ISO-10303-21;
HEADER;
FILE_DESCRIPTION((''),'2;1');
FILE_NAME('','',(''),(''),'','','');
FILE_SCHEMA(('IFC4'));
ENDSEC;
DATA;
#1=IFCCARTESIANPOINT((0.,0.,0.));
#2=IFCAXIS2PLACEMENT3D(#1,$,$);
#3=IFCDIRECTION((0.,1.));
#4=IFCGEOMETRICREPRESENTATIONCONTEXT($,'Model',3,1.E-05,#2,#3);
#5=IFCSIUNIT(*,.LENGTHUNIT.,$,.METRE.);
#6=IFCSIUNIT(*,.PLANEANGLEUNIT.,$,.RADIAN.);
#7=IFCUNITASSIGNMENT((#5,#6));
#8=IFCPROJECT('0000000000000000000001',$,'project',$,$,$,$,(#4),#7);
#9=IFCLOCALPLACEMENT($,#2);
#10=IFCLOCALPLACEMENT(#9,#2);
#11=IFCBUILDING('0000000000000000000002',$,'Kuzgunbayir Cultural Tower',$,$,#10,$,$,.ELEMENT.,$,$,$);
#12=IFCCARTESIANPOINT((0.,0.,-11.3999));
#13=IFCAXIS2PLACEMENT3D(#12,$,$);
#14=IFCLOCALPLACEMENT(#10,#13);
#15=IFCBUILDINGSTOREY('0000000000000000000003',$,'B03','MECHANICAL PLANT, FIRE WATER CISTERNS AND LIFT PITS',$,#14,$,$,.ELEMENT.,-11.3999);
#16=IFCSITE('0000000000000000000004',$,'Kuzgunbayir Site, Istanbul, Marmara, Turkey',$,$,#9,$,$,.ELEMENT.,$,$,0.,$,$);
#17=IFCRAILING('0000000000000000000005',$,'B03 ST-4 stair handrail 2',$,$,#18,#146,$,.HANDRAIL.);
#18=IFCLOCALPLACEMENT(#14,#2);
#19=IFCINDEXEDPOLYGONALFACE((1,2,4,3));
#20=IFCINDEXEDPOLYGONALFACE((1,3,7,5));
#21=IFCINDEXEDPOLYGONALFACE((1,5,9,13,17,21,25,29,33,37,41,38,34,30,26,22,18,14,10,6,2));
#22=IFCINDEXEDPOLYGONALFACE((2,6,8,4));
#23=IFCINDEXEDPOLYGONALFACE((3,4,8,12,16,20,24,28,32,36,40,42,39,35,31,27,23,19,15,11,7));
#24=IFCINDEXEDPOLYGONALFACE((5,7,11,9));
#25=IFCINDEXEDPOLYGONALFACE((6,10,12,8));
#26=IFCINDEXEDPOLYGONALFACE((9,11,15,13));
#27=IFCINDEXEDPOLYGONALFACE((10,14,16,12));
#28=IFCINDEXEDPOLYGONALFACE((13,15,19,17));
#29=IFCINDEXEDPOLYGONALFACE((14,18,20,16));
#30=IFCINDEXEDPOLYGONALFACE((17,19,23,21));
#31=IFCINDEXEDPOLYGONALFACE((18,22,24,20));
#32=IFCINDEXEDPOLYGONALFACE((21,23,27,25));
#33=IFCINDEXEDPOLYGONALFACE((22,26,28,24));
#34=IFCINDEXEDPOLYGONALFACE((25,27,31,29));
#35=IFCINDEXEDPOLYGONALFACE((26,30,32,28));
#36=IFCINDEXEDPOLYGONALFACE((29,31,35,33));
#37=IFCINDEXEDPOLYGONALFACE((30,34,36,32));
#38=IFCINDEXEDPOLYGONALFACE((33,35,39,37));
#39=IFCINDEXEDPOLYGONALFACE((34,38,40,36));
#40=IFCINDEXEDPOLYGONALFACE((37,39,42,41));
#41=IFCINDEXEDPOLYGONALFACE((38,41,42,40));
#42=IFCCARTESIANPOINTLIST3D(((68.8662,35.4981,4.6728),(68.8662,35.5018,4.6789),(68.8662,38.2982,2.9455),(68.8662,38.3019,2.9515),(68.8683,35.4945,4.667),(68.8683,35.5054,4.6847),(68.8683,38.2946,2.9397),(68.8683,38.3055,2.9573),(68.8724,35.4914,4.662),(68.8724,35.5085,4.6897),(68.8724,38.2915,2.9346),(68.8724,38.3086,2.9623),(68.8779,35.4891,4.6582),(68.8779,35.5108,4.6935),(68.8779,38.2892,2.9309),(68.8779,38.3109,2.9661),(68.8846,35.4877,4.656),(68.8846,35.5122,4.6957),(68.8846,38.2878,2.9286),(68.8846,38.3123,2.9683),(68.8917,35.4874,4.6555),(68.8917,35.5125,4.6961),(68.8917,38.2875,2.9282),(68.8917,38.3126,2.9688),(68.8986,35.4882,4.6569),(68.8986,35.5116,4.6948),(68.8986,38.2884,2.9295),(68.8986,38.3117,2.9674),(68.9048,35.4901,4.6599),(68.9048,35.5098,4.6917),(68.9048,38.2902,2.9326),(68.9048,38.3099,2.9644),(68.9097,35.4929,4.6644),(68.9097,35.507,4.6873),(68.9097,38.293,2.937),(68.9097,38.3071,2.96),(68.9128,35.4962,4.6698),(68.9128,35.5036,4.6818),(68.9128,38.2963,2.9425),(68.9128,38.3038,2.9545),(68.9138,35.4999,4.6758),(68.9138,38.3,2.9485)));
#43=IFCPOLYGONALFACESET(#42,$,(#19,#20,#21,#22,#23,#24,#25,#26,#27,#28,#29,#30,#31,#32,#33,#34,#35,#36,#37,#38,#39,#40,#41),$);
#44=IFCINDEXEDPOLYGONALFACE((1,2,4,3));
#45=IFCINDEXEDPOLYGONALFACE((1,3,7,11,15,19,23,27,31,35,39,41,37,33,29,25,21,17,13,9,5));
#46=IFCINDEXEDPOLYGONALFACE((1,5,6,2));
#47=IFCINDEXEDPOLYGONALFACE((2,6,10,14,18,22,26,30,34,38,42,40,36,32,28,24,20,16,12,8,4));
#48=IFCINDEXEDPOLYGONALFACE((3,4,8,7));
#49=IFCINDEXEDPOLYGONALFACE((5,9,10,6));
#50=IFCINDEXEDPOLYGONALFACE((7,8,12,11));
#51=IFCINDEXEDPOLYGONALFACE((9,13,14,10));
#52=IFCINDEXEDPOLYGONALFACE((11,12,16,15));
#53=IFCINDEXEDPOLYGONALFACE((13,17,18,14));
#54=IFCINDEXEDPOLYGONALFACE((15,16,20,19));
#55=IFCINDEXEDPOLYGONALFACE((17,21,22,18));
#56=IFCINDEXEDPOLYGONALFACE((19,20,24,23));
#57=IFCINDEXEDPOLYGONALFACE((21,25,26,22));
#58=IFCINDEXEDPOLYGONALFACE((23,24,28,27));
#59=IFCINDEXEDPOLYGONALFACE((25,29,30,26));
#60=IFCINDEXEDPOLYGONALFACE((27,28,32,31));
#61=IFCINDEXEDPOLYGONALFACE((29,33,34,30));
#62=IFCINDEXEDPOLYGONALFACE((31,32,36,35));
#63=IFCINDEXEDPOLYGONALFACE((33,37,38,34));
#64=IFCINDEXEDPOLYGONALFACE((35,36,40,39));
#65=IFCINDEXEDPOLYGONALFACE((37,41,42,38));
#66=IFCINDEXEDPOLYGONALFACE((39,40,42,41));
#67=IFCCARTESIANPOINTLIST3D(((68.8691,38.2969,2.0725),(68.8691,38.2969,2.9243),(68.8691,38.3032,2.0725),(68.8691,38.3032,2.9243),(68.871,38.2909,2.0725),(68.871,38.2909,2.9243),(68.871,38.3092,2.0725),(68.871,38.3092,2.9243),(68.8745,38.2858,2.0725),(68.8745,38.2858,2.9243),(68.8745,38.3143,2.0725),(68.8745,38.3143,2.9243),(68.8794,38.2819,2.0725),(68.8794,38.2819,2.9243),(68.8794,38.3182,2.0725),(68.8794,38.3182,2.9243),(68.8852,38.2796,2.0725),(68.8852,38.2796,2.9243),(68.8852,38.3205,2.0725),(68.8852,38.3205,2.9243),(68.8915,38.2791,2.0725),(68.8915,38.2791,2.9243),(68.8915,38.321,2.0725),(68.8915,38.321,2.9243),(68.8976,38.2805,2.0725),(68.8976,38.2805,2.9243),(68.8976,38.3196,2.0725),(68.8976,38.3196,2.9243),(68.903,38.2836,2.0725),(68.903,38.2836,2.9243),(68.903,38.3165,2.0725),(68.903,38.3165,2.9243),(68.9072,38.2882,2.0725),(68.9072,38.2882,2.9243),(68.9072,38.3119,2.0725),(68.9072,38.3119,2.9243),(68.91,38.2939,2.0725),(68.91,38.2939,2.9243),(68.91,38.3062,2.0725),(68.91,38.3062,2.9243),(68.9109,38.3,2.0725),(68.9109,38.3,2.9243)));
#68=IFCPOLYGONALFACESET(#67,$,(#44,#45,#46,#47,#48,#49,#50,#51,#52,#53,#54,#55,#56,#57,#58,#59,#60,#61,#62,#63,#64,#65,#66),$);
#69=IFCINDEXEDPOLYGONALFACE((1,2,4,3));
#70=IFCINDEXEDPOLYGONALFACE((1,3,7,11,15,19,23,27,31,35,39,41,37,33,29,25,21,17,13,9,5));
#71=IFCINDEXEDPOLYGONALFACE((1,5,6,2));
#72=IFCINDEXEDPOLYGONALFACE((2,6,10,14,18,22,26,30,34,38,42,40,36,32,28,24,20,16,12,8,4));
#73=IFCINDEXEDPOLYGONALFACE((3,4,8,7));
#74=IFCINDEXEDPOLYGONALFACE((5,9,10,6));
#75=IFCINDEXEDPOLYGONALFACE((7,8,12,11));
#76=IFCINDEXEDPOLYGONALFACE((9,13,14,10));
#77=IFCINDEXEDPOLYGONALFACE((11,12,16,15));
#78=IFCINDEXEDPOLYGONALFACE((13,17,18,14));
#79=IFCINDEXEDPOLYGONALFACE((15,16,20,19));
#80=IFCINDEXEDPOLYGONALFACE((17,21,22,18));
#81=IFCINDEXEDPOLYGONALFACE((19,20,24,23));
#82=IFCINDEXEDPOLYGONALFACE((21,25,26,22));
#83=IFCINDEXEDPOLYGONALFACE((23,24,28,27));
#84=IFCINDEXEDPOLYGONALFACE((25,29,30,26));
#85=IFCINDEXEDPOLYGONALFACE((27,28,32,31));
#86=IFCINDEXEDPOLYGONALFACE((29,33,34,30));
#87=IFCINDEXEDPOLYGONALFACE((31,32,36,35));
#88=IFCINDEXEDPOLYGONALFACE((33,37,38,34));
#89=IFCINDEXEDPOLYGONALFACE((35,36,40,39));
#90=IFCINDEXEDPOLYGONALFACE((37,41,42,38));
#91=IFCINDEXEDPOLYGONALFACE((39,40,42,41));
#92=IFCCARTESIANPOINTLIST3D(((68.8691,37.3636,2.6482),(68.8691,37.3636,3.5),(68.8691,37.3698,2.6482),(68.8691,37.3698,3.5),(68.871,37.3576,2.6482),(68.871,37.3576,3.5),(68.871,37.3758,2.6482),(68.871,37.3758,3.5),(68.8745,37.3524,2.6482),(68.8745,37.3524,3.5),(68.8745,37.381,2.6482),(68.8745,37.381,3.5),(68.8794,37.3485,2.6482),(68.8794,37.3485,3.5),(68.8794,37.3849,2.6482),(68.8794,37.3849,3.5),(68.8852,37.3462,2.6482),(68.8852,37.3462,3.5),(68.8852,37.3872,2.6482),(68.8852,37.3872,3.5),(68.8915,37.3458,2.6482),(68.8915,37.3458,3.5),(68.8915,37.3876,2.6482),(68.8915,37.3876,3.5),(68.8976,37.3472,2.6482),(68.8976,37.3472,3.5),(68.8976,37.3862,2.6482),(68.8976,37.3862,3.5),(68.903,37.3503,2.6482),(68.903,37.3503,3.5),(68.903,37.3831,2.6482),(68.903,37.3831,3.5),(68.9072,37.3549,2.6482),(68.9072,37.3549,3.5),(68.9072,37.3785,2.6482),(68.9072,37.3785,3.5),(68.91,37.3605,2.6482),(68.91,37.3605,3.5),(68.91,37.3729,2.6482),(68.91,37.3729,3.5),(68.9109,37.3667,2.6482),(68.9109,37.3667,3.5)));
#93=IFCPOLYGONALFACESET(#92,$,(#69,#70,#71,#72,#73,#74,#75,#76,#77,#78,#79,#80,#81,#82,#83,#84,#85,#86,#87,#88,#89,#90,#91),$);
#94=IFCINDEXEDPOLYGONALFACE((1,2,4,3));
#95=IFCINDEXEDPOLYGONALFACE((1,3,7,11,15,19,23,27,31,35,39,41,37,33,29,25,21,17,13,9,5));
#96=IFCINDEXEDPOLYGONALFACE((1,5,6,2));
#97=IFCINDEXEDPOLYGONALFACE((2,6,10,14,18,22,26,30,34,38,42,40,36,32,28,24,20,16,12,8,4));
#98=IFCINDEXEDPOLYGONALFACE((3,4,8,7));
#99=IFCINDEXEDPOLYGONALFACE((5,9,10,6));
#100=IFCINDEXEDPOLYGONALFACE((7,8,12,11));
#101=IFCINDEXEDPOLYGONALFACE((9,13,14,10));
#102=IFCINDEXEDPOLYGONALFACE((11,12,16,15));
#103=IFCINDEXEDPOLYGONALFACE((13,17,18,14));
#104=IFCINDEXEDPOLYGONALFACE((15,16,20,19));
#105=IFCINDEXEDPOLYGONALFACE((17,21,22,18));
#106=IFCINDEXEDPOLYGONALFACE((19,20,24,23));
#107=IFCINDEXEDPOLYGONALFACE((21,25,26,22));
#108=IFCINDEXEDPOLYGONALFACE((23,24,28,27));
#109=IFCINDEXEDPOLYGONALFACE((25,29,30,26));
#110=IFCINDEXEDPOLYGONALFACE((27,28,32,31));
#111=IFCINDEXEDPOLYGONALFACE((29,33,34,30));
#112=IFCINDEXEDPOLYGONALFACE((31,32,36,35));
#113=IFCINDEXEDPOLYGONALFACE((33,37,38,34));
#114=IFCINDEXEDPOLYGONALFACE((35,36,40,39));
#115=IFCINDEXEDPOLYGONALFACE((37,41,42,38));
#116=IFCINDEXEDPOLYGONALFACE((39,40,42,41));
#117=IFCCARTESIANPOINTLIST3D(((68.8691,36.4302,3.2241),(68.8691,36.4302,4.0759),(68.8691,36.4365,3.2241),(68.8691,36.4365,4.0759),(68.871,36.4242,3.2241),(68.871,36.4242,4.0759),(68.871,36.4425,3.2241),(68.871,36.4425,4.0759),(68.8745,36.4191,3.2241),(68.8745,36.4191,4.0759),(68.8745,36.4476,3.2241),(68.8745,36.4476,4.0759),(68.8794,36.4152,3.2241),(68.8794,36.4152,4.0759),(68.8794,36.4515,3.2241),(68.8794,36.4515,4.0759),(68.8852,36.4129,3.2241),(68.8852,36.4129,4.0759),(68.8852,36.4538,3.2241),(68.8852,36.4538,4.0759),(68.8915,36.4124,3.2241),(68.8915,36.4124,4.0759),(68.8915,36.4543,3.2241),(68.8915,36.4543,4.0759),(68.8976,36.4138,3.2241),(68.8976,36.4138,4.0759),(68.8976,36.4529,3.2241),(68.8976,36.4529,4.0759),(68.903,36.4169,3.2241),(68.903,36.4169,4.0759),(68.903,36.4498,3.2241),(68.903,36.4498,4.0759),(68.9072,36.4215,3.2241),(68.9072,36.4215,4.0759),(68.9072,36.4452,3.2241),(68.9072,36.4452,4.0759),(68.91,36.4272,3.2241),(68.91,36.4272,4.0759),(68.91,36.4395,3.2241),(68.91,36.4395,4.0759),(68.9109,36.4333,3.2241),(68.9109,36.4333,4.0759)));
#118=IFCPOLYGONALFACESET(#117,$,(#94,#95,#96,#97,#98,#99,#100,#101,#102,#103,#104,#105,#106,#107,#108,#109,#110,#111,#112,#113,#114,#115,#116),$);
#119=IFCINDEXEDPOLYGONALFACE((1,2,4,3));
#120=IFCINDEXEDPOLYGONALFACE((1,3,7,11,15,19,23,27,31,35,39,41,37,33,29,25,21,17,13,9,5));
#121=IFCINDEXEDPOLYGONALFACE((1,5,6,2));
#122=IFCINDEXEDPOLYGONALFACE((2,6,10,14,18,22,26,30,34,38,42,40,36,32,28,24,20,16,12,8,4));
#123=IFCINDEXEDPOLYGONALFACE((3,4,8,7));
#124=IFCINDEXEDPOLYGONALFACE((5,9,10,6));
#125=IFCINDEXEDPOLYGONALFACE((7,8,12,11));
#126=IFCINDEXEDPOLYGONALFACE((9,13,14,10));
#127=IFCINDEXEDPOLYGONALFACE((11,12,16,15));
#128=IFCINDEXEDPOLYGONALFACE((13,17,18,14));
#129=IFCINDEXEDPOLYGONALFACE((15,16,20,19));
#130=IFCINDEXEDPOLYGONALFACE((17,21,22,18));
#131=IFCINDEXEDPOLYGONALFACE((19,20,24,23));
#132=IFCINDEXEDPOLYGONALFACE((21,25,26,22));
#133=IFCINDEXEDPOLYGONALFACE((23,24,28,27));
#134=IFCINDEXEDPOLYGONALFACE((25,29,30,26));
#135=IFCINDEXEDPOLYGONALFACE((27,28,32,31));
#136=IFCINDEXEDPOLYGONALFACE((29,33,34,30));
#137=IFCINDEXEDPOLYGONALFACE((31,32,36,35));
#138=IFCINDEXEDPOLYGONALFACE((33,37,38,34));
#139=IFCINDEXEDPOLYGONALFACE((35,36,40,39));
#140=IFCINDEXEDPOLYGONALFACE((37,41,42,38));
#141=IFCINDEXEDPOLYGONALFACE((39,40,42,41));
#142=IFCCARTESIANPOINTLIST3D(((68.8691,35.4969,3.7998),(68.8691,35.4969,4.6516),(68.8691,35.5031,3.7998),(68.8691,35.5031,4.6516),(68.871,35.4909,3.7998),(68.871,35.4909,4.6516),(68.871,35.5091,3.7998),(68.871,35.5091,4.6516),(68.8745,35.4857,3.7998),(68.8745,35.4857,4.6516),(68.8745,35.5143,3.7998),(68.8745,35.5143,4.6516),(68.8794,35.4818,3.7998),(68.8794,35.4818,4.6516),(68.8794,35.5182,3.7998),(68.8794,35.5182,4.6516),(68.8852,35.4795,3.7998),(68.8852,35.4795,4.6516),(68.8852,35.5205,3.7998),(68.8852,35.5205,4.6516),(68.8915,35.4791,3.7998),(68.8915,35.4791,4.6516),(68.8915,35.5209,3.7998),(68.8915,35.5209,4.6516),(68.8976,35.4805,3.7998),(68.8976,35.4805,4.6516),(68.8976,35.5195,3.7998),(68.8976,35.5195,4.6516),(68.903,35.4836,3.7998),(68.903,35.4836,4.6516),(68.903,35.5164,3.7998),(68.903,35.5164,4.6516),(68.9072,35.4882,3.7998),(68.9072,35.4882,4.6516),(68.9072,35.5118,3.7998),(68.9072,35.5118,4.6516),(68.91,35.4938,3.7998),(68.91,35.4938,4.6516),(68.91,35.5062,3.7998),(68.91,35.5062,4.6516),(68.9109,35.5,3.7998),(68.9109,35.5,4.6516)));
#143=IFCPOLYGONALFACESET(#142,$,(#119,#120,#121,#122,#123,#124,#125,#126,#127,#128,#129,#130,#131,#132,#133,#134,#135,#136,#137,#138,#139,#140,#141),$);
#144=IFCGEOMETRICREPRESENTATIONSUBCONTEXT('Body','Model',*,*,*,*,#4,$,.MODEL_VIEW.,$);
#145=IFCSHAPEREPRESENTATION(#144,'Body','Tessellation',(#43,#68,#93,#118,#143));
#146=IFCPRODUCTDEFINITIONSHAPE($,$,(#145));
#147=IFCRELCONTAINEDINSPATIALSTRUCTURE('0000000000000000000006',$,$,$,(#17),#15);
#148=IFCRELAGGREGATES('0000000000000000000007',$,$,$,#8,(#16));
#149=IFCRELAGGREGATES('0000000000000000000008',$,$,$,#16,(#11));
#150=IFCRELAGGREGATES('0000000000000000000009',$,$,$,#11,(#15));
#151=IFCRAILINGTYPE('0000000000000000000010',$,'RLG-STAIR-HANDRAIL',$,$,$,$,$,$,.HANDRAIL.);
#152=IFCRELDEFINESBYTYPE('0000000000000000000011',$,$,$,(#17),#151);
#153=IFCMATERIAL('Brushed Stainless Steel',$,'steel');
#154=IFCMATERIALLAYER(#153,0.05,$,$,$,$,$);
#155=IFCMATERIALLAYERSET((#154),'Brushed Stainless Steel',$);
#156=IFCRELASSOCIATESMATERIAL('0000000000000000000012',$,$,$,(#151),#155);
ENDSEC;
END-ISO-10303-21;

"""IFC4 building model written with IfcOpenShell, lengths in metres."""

from ifc_helpers import new_model, si_unit, direction, frame, origin, origin_2d, place, context, subcontext, project, spatial, circle, extrude, material, layer, layer_set, type_object, element, save


model = new_model("IFC4")

# Units and contexts
model_context = context("Model", 3, precision=1e-05, world=origin(), true_north=direction((0.0, 1.0)))
body_context = subcontext(model_context, "Body", "Model", "MODEL_VIEW")
ifc_project = project(units=[si_unit("LENGTHUNIT", "METRE"), si_unit("PLANEANGLEUNIT", "RADIAN")], contexts=[model_context])

# Site, building, storey
site_placement = place(None, origin())
site = spatial("IfcSite", under=ifc_project, at=site_placement, Name="Kuzgunbayir Site, Istanbul, Marmara, Turkey", CompositionType="ELEMENT", RefElevation=0.0)
building_placement = place(site_placement, origin())
building = spatial("IfcBuilding", under=site, at=building_placement, Name="Kuzgunbayir Cultural Tower", CompositionType="ELEMENT")
storey_placement = place(building_placement, frame((0.0, 0.0, -11.3999)))
storey = spatial("IfcBuildingStorey", under=building, at=storey_placement, Name="B03", Description="MECHANICAL PLANT, FIRE WATER CISTERNS AND LIFT PITS", CompositionType="ELEMENT", Elevation=-11.3999)

# Railing
ifc_material_1 = material(Name="Brushed Stainless Steel", Category="steel")
ifc_layer_1 = layer(ifc_material_1, 0.05)
ifc_layer_set_1 = layer_set([ifc_layer_1], Name="Brushed Stainless Steel")
railing_type_1 = type_object("IfcRailingType", Name="RLG-STAIR-HANDRAIL", PredefinedType="HANDRAIL", material=ifc_layer_set_1)
railing_1_placement = place(storey_placement, frame((68.8899, 38.3, 2.0725)))
element("IfcRailing", 1, at=railing_1_placement, inside=storey, type_object=railing_type_1, Name="B03 ST-4 stair handrail 2", PredefinedType="HANDRAIL", context=body_context, shape_type="SweptSolid", body=[
    extrude(circle(Radius=0.0239, at=origin_2d()), frame((0.0, 0.0, 0.876), z_axis=(0.0, -0.85109, 0.52502), x_axis=(1.0, 0.0, 0.0)), (0.0, 0.0, 1.0), 3.29),
    extrude(circle(Radius=0.021, at=origin_2d()), origin(), (0.0, 0.0, 1.0), 0.8518),
    extrude(circle(Radius=0.021, at=origin_2d()), frame((0.0, -0.9333, 0.5757)), (0.0, 0.0, 1.0), 0.8518),
    extrude(circle(Radius=0.021, at=origin_2d()), frame((0.0, -1.8667, 1.1516)), (0.0, 0.0, 1.0), 0.8518),
    extrude(circle(Radius=0.021, at=origin_2d()), frame((0.0, -2.8, 1.7273)), (0.0, 0.0, 1.0), 0.8518),
])

save(model, "model.ifc")
